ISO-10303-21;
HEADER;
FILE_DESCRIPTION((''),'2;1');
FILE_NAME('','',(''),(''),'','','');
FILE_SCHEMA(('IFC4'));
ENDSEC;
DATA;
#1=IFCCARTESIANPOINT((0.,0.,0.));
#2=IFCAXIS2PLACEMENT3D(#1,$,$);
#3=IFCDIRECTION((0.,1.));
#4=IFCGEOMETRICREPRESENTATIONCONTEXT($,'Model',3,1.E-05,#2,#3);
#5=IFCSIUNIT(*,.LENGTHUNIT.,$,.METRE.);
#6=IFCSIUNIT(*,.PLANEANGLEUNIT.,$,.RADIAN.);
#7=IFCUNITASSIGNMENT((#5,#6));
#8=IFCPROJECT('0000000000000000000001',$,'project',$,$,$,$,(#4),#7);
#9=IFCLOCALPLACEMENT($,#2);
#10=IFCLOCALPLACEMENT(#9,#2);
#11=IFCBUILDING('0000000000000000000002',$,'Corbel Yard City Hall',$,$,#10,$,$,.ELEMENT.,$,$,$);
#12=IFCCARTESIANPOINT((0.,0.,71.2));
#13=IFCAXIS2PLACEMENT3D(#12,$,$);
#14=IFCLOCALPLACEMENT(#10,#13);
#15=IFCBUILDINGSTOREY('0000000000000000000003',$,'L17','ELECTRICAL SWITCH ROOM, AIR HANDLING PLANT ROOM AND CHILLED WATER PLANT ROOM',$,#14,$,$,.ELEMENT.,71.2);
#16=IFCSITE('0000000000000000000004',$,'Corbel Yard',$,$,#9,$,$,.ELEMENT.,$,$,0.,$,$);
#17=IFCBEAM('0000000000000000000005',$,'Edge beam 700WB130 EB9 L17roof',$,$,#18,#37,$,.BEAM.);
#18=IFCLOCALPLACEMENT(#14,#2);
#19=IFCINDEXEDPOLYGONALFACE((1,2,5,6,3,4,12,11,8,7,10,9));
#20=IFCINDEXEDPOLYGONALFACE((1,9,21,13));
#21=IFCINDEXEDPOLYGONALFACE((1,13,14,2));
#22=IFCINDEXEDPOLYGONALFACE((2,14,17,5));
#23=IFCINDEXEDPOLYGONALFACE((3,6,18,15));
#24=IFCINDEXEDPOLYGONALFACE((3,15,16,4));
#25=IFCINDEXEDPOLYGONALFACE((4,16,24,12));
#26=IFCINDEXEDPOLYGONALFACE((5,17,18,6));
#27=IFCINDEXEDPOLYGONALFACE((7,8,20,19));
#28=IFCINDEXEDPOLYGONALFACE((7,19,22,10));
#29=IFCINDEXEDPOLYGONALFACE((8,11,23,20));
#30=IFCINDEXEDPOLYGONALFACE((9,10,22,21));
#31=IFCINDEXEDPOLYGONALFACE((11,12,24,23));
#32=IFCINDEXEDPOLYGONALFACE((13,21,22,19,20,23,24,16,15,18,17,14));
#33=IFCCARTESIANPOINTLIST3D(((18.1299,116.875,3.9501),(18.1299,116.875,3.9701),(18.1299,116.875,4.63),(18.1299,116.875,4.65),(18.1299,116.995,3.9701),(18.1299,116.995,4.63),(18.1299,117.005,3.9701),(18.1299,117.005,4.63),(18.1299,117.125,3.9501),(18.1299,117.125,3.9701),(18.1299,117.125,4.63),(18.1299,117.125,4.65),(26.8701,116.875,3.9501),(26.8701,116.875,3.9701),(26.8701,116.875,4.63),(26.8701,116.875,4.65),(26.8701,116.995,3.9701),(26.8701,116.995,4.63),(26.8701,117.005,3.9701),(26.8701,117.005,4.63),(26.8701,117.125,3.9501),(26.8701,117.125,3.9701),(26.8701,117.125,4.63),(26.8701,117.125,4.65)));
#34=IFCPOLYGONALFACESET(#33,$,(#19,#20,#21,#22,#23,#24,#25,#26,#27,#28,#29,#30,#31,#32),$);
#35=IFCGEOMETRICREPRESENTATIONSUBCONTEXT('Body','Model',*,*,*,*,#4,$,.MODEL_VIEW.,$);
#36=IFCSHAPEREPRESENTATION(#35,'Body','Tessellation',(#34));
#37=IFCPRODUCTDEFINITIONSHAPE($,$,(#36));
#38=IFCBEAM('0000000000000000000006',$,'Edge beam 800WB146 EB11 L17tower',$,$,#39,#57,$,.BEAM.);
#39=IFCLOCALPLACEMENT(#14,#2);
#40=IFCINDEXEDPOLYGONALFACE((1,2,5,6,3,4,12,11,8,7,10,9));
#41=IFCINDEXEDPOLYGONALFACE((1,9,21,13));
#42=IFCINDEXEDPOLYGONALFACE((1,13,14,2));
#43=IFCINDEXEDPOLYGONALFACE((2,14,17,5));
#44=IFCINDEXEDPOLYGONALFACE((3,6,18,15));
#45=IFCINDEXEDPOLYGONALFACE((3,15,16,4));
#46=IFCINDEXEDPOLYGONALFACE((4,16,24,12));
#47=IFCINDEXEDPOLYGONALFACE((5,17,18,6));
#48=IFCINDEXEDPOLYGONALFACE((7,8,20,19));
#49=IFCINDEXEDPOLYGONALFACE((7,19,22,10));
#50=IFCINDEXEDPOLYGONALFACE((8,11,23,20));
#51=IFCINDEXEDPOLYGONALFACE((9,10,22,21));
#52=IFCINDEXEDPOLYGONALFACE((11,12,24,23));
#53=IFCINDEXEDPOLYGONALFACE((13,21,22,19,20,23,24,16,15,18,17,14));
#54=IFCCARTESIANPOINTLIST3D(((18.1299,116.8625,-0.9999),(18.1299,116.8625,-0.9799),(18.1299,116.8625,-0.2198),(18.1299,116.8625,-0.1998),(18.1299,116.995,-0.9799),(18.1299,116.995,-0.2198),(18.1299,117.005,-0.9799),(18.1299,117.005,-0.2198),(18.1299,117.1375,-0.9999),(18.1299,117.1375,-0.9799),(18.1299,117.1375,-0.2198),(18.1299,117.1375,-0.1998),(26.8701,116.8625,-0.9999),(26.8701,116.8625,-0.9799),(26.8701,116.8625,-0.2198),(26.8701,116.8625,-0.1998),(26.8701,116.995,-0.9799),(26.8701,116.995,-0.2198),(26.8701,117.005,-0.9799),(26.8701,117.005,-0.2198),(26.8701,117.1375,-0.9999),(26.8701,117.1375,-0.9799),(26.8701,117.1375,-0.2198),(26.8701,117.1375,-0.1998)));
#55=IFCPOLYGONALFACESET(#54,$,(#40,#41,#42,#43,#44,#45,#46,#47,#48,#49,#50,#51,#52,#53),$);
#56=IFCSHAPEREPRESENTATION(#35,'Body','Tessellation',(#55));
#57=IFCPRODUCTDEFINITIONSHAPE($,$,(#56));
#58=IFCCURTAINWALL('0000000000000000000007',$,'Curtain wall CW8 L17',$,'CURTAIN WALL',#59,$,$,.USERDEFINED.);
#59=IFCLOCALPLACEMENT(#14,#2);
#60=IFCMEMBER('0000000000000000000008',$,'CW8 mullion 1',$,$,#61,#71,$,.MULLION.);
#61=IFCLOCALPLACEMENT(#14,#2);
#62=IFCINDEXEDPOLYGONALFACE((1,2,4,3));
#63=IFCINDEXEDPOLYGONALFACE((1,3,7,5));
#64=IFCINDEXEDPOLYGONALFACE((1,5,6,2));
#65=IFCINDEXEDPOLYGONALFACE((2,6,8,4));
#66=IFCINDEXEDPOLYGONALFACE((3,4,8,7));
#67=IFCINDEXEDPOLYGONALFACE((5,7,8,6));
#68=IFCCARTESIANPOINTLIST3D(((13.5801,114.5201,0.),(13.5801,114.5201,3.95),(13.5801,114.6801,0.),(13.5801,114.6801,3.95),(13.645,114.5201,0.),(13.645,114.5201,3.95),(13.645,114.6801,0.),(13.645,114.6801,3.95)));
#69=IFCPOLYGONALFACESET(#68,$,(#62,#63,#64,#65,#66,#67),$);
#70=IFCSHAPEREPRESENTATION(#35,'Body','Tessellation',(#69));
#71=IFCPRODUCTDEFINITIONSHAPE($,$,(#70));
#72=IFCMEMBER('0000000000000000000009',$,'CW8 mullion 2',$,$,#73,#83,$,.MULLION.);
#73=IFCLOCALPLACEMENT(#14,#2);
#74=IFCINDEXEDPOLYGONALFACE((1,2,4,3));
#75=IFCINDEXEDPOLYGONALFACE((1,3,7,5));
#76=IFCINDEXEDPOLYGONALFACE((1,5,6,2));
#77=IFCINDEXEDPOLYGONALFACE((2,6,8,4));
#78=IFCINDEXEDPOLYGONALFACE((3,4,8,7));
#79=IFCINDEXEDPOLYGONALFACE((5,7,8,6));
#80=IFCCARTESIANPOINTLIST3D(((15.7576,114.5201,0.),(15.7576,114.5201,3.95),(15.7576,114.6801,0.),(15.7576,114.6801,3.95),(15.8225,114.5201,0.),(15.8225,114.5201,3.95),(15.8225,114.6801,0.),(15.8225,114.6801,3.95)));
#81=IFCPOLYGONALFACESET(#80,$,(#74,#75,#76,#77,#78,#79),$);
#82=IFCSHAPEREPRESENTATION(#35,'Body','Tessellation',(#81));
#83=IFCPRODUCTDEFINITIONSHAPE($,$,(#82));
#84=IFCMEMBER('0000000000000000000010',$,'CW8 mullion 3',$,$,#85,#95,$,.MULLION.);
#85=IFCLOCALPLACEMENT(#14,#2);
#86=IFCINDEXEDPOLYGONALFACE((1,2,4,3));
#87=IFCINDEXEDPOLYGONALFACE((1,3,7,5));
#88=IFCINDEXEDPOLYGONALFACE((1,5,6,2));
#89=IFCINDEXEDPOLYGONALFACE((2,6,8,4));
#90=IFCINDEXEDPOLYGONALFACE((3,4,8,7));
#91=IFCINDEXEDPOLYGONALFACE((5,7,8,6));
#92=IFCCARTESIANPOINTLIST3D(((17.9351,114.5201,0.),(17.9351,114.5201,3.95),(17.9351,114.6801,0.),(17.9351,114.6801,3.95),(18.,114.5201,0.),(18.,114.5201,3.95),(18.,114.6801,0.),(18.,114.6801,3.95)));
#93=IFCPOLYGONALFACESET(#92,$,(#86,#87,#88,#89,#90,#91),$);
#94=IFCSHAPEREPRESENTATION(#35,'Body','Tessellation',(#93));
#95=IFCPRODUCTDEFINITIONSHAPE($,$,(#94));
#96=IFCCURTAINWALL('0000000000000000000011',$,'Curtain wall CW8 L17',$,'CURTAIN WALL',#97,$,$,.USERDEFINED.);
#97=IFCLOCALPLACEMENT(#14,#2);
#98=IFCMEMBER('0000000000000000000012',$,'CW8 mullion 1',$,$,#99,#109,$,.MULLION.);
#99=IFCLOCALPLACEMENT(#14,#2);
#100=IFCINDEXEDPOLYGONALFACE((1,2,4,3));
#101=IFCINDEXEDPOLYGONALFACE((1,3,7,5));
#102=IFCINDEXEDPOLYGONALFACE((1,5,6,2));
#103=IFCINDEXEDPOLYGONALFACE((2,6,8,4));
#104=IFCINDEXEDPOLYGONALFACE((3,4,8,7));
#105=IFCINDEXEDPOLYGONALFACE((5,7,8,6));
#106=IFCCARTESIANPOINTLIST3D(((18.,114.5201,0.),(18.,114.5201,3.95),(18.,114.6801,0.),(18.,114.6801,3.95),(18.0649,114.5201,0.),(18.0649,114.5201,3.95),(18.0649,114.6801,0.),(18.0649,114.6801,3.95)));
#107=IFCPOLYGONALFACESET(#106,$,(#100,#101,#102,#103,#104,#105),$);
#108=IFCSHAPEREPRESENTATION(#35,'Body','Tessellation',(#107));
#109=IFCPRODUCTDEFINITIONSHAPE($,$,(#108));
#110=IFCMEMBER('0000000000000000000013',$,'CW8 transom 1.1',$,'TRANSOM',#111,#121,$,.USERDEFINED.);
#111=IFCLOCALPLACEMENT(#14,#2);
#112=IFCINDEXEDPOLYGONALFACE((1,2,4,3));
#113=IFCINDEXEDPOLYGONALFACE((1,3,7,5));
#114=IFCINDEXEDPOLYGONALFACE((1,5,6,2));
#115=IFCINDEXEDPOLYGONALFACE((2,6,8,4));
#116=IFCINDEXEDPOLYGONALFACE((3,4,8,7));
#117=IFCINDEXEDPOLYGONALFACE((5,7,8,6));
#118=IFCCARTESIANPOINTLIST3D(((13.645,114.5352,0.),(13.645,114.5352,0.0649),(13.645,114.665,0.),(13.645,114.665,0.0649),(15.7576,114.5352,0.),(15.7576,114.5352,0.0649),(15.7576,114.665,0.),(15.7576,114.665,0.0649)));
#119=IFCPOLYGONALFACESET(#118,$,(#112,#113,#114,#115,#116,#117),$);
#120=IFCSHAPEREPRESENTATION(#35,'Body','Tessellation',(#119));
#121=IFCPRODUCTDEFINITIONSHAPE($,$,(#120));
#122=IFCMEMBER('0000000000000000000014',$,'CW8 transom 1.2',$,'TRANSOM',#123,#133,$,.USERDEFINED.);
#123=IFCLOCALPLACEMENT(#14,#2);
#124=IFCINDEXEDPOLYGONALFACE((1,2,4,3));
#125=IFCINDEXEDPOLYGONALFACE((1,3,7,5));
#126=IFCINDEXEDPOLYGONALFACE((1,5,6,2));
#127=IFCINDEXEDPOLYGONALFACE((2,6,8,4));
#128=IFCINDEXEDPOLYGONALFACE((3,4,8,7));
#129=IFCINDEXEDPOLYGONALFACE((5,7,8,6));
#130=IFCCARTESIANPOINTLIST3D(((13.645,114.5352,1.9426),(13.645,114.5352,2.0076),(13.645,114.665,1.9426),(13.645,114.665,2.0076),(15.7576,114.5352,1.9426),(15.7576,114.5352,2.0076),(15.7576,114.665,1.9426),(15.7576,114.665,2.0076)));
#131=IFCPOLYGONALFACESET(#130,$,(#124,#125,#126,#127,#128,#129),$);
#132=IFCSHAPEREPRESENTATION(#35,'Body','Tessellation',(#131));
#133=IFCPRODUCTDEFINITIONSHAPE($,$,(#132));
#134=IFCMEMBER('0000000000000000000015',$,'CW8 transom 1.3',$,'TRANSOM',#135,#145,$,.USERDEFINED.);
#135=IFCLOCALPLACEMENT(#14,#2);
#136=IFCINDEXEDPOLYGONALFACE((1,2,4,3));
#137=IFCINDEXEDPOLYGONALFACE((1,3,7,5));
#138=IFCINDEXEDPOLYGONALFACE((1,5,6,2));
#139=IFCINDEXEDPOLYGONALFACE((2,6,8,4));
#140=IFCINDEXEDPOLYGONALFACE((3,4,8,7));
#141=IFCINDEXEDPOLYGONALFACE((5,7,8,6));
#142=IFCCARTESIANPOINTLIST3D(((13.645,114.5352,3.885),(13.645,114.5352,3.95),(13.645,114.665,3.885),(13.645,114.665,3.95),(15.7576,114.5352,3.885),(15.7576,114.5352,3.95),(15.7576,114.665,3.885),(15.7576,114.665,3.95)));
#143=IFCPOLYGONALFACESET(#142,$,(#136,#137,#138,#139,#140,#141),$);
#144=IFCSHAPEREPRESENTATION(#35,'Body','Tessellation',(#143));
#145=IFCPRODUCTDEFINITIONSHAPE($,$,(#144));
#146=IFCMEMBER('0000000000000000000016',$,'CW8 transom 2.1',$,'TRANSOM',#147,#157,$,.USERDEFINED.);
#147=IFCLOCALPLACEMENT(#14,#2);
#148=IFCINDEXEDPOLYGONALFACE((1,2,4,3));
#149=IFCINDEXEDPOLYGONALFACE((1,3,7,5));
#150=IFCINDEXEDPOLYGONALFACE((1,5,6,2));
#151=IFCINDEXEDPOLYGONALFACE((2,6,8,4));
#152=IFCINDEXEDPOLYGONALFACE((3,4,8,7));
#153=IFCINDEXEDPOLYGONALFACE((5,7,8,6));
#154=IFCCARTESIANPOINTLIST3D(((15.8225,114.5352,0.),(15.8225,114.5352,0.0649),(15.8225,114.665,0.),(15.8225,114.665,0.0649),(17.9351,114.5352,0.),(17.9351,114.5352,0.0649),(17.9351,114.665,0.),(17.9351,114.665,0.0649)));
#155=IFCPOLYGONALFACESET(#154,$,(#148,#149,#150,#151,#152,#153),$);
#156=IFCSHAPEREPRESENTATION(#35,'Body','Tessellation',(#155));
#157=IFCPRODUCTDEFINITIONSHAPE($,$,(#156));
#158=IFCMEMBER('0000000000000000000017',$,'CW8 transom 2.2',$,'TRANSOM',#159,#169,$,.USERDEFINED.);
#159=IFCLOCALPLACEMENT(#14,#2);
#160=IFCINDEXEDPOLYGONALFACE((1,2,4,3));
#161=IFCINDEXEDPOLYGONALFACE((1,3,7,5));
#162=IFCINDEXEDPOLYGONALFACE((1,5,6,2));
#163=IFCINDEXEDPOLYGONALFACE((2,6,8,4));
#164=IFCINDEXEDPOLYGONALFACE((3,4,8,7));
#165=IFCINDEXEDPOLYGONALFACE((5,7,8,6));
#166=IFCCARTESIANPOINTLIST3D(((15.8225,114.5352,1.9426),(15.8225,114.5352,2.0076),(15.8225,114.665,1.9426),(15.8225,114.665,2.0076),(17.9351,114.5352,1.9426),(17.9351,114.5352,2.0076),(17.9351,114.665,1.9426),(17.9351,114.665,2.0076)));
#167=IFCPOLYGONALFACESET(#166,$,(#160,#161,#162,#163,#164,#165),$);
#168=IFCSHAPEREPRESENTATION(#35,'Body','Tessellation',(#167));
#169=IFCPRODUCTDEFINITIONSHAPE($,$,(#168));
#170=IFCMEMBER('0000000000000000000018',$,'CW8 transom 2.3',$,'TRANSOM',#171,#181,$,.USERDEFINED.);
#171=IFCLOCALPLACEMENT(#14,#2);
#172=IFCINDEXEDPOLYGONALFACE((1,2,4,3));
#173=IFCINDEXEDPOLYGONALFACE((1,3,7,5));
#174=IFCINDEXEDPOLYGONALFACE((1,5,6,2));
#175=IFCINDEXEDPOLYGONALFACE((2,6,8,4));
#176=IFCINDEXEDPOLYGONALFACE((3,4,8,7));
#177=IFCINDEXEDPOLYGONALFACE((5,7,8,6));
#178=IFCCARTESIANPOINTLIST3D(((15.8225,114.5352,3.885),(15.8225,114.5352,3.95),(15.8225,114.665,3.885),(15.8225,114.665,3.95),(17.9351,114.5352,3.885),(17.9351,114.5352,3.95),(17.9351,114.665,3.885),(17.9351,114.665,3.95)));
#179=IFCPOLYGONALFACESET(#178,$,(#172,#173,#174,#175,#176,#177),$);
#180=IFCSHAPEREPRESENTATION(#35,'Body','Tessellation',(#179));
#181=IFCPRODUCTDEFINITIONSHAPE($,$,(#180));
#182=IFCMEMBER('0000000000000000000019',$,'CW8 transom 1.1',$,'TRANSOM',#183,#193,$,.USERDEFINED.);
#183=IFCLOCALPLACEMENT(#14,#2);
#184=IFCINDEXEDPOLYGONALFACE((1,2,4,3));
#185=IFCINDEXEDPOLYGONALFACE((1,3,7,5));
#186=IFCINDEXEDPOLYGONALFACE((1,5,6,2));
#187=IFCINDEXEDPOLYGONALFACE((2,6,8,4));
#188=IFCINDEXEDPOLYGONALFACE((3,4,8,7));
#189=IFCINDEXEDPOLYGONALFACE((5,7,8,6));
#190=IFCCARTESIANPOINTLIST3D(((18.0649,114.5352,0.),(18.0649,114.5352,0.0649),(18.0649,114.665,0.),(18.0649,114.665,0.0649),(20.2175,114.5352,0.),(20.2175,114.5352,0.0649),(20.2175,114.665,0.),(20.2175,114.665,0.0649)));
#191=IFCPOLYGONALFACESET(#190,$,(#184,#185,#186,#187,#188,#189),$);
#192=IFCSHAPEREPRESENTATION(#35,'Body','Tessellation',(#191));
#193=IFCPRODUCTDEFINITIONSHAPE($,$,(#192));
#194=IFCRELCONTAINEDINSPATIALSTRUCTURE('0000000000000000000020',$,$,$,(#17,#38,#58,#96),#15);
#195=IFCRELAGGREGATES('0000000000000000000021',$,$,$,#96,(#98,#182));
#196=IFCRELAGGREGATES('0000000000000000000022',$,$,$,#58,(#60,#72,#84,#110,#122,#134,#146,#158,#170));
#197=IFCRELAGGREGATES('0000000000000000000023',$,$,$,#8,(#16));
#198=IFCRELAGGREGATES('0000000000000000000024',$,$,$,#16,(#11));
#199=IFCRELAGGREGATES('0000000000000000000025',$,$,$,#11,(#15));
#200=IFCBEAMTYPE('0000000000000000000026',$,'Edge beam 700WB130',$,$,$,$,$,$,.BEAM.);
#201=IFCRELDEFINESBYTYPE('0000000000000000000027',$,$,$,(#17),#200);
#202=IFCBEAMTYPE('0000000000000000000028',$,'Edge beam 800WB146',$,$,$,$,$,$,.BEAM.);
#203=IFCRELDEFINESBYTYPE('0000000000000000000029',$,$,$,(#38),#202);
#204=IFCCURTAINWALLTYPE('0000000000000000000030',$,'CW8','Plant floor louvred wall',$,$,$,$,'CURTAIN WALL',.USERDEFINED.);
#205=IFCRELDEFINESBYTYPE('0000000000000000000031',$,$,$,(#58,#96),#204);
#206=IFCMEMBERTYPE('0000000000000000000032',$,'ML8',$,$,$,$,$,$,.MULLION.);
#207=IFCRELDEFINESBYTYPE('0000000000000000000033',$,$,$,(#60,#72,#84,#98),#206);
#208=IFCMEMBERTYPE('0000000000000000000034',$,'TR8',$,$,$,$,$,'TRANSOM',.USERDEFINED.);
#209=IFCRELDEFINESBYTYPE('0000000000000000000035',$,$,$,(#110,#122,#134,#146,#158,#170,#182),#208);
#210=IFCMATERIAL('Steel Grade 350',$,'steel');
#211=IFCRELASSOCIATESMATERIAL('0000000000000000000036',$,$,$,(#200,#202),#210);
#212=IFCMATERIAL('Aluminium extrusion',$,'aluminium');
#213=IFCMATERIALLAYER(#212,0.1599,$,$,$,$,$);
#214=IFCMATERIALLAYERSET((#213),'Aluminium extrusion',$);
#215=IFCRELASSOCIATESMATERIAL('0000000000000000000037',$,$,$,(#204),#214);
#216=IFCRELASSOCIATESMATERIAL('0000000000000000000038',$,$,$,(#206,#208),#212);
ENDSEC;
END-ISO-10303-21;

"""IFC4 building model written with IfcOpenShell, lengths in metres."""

from ifc_helpers import new_model, si_unit, direction, frame, origin, origin_2d, place, context, subcontext, project, spatial, rectangle, i_section, extrude, material, layer, layer_set, material_profile, profile_set, type_object, element, aggregate, save


model = new_model("IFC4")

# Units and contexts
model_context = context("Model", 3, precision=1e-05, world=origin(), true_north=direction((0.0, 1.0)))
body_context = subcontext(model_context, "Body", "Model", "MODEL_VIEW")
ifc_project = project(units=[si_unit("LENGTHUNIT", "METRE"), si_unit("PLANEANGLEUNIT", "RADIAN")], contexts=[model_context])

# Site, building, storey
site_placement = place(None, origin())
site = spatial("IfcSite", under=ifc_project, at=site_placement, Name="Corbel Yard", CompositionType="ELEMENT", RefElevation=0.0)
building_placement = place(site_placement, origin())
building = spatial("IfcBuilding", under=site, at=building_placement, Name="Corbel Yard City Hall", CompositionType="ELEMENT")
storey_placement = place(building_placement, frame((0.0, 0.0, 71.2)))
storey = spatial("IfcBuildingStorey", under=building, at=storey_placement, Name="L17", Description="ELECTRICAL SWITCH ROOM, AIR HANDLING PLANT ROOM AND CHILLED WATER PLANT ROOM", CompositionType="ELEMENT", Elevation=71.2)

# Beams
ifc_material_1 = material(Name="Steel Grade 350", Category="steel")
ifc_material_profile_1 = material_profile(ifc_material_1, i_section(OverallWidth=0.25, OverallDepth=0.7, WebThickness=0.01, FlangeThickness=0.02, at=origin_2d()), Name="700WB130")
ifc_profile_set_1 = profile_set([ifc_material_profile_1], Name="Steel Grade 350")
beam_type_1 = type_object("IfcBeamType", Name="Edge beam 700WB130", PredefinedType="BEAM", material=ifc_profile_set_1)
beam_1_placement = place(storey_placement, frame((18.1299, 117.0, 4.3), z_axis=(1.0, 0.0, 0.0), x_axis=(0.0, 1.0, 0.0)))
element("IfcBeam", 1, at=beam_1_placement, inside=storey, type_object=beam_type_1, Name="Edge beam 700WB130 EB9 L17roof", PredefinedType="BEAM", context=body_context, shape_type="SweptSolid", body=[
    extrude(i_section(OverallWidth=0.25, OverallDepth=0.7, WebThickness=0.01, FlangeThickness=0.02, at=origin_2d()), origin(), (0.0, 0.0, 1.0), 8.7402),
])
ifc_material_profile_2 = material_profile(ifc_material_1, i_section(OverallWidth=0.2749, OverallDepth=0.8, WebThickness=0.01, FlangeThickness=0.02, at=origin_2d()), Name="800WB146")
ifc_profile_set_2 = profile_set([ifc_material_profile_2], Name="Steel Grade 350")
beam_type_2 = type_object("IfcBeamType", Name="Edge beam 800WB146", PredefinedType="BEAM", material=ifc_profile_set_2)
beam_2_placement = place(storey_placement, frame((18.1299, 117.0, -0.5999), z_axis=(1.0, 0.0, 0.0), x_axis=(0.0, 1.0, 0.0)))
element("IfcBeam", 2, at=beam_2_placement, inside=storey, type_object=beam_type_2, Name="Edge beam 800WB146 EB11 L17tower", PredefinedType="BEAM", context=body_context, shape_type="SweptSolid", body=[
    extrude(i_section(OverallWidth=0.2749, OverallDepth=0.8, WebThickness=0.01, FlangeThickness=0.02, at=origin_2d()), origin(), (0.0, 0.0, 1.0), 8.7402),
])

# Curtain wall, members
ifc_material_2 = material(Name="Aluminium extrusion", Category="aluminium")
ifc_layer_1 = layer(ifc_material_2, 0.1599)
ifc_layer_set_1 = layer_set([ifc_layer_1], Name="Aluminium extrusion")
curtain_wall_type = type_object("IfcCurtainWallType", Name="CW8", Description="Plant floor louvred wall", ElementType="CURTAIN WALL", PredefinedType="USERDEFINED", material=ifc_layer_set_1)
curtain_wall_1_placement = place(storey_placement, origin())
curtain_wall_1 = element("IfcCurtainWall", 3, at=curtain_wall_1_placement, inside=storey, type_object=curtain_wall_type, Name="Curtain wall CW8 L17", ObjectType="CURTAIN WALL", PredefinedType="USERDEFINED")
ifc_material_profile_3 = material_profile(ifc_material_2, rectangle(XDim=0.1599, YDim=0.0649, at=origin_2d()), Name="160x65")
ifc_profile_set_3 = profile_set([ifc_material_profile_3], Name="Aluminium extrusion")
member_type_1 = type_object("IfcMemberType", Name="ML8", PredefinedType="MULLION", material=ifc_profile_set_3)
member_1_placement = place(storey_placement, frame((13.6125, 114.6001, 0.0), z_axis=(0.0, 0.0, 1.0), x_axis=(0.0, 1.0, 0.0)))
member_1 = element("IfcMember", 4, at=member_1_placement, type_object=member_type_1, Name="CW8 mullion 1", PredefinedType="MULLION", context=body_context, shape_type="SweptSolid", body=[
    extrude(rectangle(XDim=0.1599, YDim=0.0649, at=origin_2d()), origin(), (0.0, 0.0, 1.0), 3.95),
])
member_2_placement = place(storey_placement, frame((15.79, 114.6001, 0.0), z_axis=(0.0, 0.0, 1.0), x_axis=(0.0, 1.0, 0.0)))
member_2 = element("IfcMember", 5, at=member_2_placement, type_object=member_type_1, Name="CW8 mullion 2", PredefinedType="MULLION", context=body_context, shape_type="SweptSolid", body=[
    extrude(rectangle(XDim=0.1599, YDim=0.0649, at=origin_2d()), origin(), (0.0, 0.0, 1.0), 3.95),
])
member_3_placement = place(storey_placement, frame((17.9675, 114.6001, 0.0), z_axis=(0.0, 0.0, 1.0), x_axis=(0.0, 1.0, 0.0)))
member_3 = element("IfcMember", 6, at=member_3_placement, type_object=member_type_1, Name="CW8 mullion 3", PredefinedType="MULLION", context=body_context, shape_type="SweptSolid", body=[
    extrude(rectangle(XDim=0.1599, YDim=0.0649, at=origin_2d()), origin(), (0.0, 0.0, 1.0), 3.95),
])

# Curtain wall, member
curtain_wall_2_placement = place(storey_placement, origin())
curtain_wall_2 = element("IfcCurtainWall", 7, at=curtain_wall_2_placement, inside=storey, type_object=curtain_wall_type, Name="Curtain wall CW8 L17", ObjectType="CURTAIN WALL", PredefinedType="USERDEFINED")
member_4_placement = place(storey_placement, frame((18.0325, 114.6001, 0.0), z_axis=(0.0, 0.0, 1.0), x_axis=(0.0, 1.0, 0.0)))
member_4 = element("IfcMember", 8, at=member_4_placement, type_object=member_type_1, Name="CW8 mullion 1", PredefinedType="MULLION", context=body_context, shape_type="SweptSolid", body=[
    extrude(rectangle(XDim=0.1599, YDim=0.0649, at=origin_2d()), origin(), (0.0, 0.0, 1.0), 3.95),
])

# Members
ifc_material_profile_4 = material_profile(ifc_material_2, rectangle(XDim=0.1299, YDim=0.0649, at=origin_2d()), Name="130x65")
ifc_profile_set_4 = profile_set([ifc_material_profile_4], Name="Aluminium extrusion")
member_type_2 = type_object("IfcMemberType", Name="TR8", ElementType="TRANSOM", PredefinedType="USERDEFINED", material=ifc_profile_set_4)
member_5_placement = place(storey_placement, frame((13.645, 114.6001, 0.0325), z_axis=(1.0, 0.0, 0.0), x_axis=(0.0, 1.0, 0.0)))
member_5 = element("IfcMember", 9, at=member_5_placement, type_object=member_type_2, Name="CW8 transom 1.1", ObjectType="TRANSOM", PredefinedType="USERDEFINED", context=body_context, shape_type="SweptSolid", body=[
    extrude(rectangle(XDim=0.1299, YDim=0.0649, at=origin_2d()), origin(), (0.0, 0.0, 1.0), 2.1125),
])
member_6_placement = place(storey_placement, frame((13.645, 114.6001, 1.9751), z_axis=(1.0, 0.0, 0.0), x_axis=(0.0, 1.0, 0.0)))
member_6 = element("IfcMember", 10, at=member_6_placement, type_object=member_type_2, Name="CW8 transom 1.2", ObjectType="TRANSOM", PredefinedType="USERDEFINED", context=body_context, shape_type="SweptSolid", body=[
    extrude(rectangle(XDim=0.1299, YDim=0.0649, at=origin_2d()), origin(), (0.0, 0.0, 1.0), 2.1125),
])
member_7_placement = place(storey_placement, frame((13.645, 114.6001, 3.9175), z_axis=(1.0, 0.0, 0.0), x_axis=(0.0, 1.0, 0.0)))
member_7 = element("IfcMember", 11, at=member_7_placement, type_object=member_type_2, Name="CW8 transom 1.3", ObjectType="TRANSOM", PredefinedType="USERDEFINED", context=body_context, shape_type="SweptSolid", body=[
    extrude(rectangle(XDim=0.1299, YDim=0.0649, at=origin_2d()), origin(), (0.0, 0.0, 1.0), 2.1125),
])
member_8_placement = place(storey_placement, frame((15.8225, 114.6001, 0.0325), z_axis=(1.0, 0.0, 0.0), x_axis=(0.0, 1.0, 0.0)))
member_8 = element("IfcMember", 12, at=member_8_placement, type_object=member_type_2, Name="CW8 transom 2.1", ObjectType="TRANSOM", PredefinedType="USERDEFINED", context=body_context, shape_type="SweptSolid", body=[
    extrude(rectangle(XDim=0.1299, YDim=0.0649, at=origin_2d()), origin(), (0.0, 0.0, 1.0), 2.1125),
])
member_9_placement = place(storey_placement, frame((15.8225, 114.6001, 1.9751), z_axis=(1.0, 0.0, 0.0), x_axis=(0.0, 1.0, 0.0)))
member_9 = element("IfcMember", 13, at=member_9_placement, type_object=member_type_2, Name="CW8 transom 2.2", ObjectType="TRANSOM", PredefinedType="USERDEFINED", context=body_context, shape_type="SweptSolid", body=[
    extrude(rectangle(XDim=0.1299, YDim=0.0649, at=origin_2d()), origin(), (0.0, 0.0, 1.0), 2.1125),
])
member_10_placement = place(storey_placement, frame((15.8225, 114.6001, 3.9175), z_axis=(1.0, 0.0, 0.0), x_axis=(0.0, 1.0, 0.0)))
member_10 = element("IfcMember", 14, at=member_10_placement, type_object=member_type_2, Name="CW8 transom 2.3", ObjectType="TRANSOM", PredefinedType="USERDEFINED", context=body_context, shape_type="SweptSolid", body=[
    extrude(rectangle(XDim=0.1299, YDim=0.0649, at=origin_2d()), origin(), (0.0, 0.0, 1.0), 2.1125),
])
member_11_placement = place(storey_placement, frame((18.0649, 114.6001, 0.0325), z_axis=(1.0, 0.0, 0.0), x_axis=(0.0, 1.0, 0.0)))
member_11 = element("IfcMember", 15, at=member_11_placement, type_object=member_type_2, Name="CW8 transom 1.1", ObjectType="TRANSOM", PredefinedType="USERDEFINED", context=body_context, shape_type="SweptSolid", body=[
    extrude(rectangle(XDim=0.1299, YDim=0.0649, at=origin_2d()), origin(), (0.0, 0.0, 1.0), 2.1526),
])
aggregate(curtain_wall_2, [member_4, member_11])

aggregate(curtain_wall_1, [member_1, member_2, member_3, member_5, member_6, member_7, member_8, member_9, member_10])

save(model, "model.ifc")
